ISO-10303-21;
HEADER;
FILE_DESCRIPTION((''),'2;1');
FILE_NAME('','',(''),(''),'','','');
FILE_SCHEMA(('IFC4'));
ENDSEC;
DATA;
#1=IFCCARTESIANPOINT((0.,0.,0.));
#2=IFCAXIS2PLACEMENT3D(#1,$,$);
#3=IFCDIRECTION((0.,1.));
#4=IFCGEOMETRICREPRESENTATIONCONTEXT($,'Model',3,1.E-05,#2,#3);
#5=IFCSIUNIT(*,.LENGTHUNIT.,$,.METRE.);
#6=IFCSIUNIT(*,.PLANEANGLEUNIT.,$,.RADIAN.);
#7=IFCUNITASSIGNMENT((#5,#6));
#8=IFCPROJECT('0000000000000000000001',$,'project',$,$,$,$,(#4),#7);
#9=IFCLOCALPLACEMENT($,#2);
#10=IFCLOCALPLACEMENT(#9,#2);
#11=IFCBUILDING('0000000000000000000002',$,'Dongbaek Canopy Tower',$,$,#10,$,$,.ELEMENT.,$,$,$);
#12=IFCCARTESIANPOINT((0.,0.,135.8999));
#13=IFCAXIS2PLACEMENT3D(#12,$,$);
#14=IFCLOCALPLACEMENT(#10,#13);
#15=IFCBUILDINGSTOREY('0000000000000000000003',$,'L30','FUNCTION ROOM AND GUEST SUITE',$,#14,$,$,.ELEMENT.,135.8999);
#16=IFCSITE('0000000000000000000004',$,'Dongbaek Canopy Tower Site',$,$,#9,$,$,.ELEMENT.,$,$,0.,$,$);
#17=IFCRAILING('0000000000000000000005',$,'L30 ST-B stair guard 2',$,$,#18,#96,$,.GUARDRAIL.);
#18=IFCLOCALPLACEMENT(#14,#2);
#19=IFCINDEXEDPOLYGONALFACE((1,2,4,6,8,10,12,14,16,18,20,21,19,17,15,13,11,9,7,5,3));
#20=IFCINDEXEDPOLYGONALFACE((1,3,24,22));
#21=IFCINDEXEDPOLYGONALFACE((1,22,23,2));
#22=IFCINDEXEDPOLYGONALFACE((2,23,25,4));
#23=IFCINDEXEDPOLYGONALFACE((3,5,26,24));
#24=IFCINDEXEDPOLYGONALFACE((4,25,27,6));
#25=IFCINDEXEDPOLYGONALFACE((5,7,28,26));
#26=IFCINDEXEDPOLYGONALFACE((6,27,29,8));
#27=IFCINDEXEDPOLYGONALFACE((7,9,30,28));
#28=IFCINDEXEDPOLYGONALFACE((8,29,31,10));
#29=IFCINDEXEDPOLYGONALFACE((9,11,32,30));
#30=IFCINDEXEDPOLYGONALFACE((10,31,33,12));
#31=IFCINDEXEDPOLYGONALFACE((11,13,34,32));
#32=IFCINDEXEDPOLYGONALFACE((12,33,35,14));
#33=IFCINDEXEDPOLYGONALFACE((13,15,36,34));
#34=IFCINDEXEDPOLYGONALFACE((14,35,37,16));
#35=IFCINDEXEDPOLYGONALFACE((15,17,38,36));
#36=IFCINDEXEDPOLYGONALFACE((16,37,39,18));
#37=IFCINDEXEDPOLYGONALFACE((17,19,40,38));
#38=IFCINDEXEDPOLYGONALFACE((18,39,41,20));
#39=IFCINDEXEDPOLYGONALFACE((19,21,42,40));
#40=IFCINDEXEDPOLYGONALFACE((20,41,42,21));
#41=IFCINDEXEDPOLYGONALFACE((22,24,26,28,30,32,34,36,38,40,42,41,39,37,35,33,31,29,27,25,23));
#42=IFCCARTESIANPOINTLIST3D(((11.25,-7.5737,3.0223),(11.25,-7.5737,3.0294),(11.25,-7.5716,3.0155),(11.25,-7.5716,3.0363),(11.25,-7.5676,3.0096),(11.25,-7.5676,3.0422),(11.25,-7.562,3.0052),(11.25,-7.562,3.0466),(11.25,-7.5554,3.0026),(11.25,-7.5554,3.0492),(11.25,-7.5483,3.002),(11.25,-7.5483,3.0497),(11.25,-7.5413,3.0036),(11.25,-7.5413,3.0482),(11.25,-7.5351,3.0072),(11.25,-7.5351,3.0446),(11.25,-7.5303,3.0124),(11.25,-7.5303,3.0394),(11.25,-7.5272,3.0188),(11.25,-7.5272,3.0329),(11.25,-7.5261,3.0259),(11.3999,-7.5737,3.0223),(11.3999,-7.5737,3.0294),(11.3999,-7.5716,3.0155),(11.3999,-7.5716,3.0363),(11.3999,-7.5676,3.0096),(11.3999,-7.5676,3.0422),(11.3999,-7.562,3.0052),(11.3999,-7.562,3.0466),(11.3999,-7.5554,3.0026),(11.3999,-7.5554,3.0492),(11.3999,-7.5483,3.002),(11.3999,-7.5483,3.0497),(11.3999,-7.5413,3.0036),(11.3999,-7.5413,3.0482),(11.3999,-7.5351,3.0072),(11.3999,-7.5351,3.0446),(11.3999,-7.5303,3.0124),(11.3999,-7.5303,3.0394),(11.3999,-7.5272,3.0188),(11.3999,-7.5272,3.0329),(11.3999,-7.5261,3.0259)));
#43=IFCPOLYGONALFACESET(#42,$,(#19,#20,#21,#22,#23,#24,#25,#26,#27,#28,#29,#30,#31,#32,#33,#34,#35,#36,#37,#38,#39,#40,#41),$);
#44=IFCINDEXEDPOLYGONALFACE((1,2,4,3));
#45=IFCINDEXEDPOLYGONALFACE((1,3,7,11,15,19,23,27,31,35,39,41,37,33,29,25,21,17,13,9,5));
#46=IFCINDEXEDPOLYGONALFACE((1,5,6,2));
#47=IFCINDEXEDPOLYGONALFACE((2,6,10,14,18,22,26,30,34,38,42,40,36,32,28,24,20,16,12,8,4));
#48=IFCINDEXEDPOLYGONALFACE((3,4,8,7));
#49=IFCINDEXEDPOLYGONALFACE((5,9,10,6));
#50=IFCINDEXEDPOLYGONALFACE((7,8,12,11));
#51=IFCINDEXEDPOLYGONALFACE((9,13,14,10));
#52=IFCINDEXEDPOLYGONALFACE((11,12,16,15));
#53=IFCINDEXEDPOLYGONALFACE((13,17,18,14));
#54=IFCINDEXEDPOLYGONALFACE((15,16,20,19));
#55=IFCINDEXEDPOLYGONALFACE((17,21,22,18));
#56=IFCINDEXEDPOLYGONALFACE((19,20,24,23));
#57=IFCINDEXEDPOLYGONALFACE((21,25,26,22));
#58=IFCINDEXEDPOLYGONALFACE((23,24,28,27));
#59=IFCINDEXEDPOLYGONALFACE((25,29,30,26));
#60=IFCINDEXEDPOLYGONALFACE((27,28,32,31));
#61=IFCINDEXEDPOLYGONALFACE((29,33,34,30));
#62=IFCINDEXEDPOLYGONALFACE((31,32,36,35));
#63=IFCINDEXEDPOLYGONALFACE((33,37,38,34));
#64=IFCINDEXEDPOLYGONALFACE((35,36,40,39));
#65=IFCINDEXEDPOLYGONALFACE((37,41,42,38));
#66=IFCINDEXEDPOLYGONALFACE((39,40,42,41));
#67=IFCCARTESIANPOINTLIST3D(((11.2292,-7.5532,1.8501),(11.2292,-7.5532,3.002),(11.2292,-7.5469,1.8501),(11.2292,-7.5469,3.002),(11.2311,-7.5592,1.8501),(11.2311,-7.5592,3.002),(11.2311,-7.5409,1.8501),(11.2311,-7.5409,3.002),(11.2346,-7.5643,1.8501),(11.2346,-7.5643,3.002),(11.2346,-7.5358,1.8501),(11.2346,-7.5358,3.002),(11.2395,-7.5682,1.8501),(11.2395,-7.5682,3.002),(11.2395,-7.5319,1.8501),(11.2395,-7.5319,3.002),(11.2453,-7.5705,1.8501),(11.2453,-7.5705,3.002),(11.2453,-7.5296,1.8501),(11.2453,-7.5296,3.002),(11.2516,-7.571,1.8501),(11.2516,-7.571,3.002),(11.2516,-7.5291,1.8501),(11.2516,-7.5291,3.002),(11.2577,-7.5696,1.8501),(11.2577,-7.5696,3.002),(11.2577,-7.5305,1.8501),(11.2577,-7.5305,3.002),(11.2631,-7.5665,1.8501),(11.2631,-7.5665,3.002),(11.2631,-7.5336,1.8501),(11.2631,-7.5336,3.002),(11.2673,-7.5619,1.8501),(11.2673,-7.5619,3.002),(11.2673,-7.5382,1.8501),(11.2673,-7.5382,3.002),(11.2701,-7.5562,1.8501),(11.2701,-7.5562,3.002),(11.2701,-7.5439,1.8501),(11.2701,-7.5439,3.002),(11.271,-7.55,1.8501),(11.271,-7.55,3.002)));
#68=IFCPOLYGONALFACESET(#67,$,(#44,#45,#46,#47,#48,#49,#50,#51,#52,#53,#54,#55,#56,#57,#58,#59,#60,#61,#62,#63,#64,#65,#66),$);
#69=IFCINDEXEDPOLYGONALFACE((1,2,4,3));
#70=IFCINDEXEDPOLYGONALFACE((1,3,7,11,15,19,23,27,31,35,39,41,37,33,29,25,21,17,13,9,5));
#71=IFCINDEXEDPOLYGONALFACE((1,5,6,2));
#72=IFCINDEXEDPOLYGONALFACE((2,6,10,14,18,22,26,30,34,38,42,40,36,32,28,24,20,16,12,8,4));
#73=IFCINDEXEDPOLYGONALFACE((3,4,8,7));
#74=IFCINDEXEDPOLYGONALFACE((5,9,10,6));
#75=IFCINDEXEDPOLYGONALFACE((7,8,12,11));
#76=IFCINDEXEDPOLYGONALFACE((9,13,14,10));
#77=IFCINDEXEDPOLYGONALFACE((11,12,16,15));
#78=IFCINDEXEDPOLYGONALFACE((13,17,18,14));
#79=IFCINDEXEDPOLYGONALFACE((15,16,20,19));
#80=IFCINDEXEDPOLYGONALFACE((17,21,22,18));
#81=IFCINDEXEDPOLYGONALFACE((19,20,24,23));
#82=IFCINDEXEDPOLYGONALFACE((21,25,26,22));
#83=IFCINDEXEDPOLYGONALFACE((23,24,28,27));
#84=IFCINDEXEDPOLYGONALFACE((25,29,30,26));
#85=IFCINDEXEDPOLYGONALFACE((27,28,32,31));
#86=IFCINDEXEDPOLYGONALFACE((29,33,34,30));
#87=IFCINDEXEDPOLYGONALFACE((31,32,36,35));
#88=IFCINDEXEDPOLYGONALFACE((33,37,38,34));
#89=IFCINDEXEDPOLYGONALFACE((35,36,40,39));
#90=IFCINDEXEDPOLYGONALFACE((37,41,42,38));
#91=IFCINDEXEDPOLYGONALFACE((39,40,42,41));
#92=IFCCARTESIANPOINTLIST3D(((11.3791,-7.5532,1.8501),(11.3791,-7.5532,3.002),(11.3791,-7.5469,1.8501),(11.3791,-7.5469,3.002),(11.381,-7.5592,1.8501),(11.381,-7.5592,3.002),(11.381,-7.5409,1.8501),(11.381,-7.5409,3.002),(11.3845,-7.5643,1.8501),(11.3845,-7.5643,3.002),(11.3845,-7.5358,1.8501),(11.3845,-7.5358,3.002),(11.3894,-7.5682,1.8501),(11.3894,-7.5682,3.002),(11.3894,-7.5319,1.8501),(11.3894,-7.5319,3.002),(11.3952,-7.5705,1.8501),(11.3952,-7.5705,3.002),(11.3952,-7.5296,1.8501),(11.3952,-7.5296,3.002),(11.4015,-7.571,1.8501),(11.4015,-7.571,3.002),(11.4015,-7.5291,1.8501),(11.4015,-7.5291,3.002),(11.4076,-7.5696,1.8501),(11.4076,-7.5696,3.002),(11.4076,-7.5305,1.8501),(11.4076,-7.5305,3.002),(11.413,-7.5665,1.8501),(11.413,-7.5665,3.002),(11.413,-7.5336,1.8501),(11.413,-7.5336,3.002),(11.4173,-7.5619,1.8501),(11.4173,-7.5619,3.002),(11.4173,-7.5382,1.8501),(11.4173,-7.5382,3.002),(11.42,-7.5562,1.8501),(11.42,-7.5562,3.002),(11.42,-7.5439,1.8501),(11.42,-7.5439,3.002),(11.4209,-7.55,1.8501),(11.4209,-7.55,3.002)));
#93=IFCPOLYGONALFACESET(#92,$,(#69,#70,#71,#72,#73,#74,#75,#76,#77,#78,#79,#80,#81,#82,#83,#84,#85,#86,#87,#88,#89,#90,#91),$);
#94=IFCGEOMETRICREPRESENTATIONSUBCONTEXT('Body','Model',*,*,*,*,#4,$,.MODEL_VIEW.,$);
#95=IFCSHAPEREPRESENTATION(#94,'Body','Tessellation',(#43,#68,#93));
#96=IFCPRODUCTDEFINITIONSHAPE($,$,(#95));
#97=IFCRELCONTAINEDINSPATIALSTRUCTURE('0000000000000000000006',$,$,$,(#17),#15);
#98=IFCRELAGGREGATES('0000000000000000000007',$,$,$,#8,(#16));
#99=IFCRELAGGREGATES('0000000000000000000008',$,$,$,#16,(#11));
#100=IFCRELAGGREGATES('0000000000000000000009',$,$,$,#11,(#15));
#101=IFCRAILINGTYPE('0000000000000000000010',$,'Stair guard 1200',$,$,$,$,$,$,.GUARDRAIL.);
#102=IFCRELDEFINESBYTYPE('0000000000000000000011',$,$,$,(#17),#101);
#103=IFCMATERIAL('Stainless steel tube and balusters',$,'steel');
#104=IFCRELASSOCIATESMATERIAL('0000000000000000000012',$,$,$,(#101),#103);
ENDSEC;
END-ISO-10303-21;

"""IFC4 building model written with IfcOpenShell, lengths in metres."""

from ifc_helpers import new_model, si_unit, direction, frame, origin, origin_2d, place, context, subcontext, project, spatial, circle, extrude, material, type_object, element, save


model = new_model("IFC4")

# Units and contexts
model_context = context("Model", 3, precision=1e-05, world=origin(), true_north=direction((0.0, 1.0)))
body_context = subcontext(model_context, "Body", "Model", "MODEL_VIEW")
ifc_project = project(units=[si_unit("LENGTHUNIT", "METRE"), si_unit("PLANEANGLEUNIT", "RADIAN")], contexts=[model_context])

# Site, building, storey
site_placement = place(None, origin())
site = spatial("IfcSite", under=ifc_project, at=site_placement, Name="Dongbaek Canopy Tower Site", CompositionType="ELEMENT", RefElevation=0.0)
building_placement = place(site_placement, origin())
building = spatial("IfcBuilding", under=site, at=building_placement, Name="Dongbaek Canopy Tower", CompositionType="ELEMENT")
storey_placement = place(building_placement, frame((0.0, 0.0, 135.8999)))
storey = spatial("IfcBuildingStorey", under=building, at=storey_placement, Name="L30", Description="FUNCTION ROOM AND GUEST SUITE", CompositionType="ELEMENT", Elevation=135.8999)

# Railing
ifc_material_1 = material(Name="Stainless steel tube and balusters", Category="steel")
railing_type_1 = type_object("IfcRailingType", Name="Stair guard 1200", PredefinedType="GUARDRAIL", material=ifc_material_1)
railing_1_placement = place(storey_placement, frame((11.25, -7.55, 1.8501)))
element("IfcRailing", 1, at=railing_1_placement, inside=storey, type_object=railing_type_1, Name="L30 ST-B stair guard 2", PredefinedType="GUARDRAIL", context=body_context, shape_type="SweptSolid", body=[
    extrude(circle(Radius=0.0239, at=origin_2d()), frame((0.0, 0.0, 1.1758), z_axis=(1.0, 0.0, 0.0), x_axis=(0.0, 1.0, 0.0)), (0.0, 0.0, 1.0), 0.1499),
    extrude(circle(Radius=0.021, at=origin_2d()), origin(), (0.0, 0.0, 1.0), 1.1519),
    extrude(circle(Radius=0.021, at=origin_2d()), frame((0.1499, 0.0, 0.0)), (0.0, 0.0, 1.0), 1.1519),
])

save(model, "model.ifc")
